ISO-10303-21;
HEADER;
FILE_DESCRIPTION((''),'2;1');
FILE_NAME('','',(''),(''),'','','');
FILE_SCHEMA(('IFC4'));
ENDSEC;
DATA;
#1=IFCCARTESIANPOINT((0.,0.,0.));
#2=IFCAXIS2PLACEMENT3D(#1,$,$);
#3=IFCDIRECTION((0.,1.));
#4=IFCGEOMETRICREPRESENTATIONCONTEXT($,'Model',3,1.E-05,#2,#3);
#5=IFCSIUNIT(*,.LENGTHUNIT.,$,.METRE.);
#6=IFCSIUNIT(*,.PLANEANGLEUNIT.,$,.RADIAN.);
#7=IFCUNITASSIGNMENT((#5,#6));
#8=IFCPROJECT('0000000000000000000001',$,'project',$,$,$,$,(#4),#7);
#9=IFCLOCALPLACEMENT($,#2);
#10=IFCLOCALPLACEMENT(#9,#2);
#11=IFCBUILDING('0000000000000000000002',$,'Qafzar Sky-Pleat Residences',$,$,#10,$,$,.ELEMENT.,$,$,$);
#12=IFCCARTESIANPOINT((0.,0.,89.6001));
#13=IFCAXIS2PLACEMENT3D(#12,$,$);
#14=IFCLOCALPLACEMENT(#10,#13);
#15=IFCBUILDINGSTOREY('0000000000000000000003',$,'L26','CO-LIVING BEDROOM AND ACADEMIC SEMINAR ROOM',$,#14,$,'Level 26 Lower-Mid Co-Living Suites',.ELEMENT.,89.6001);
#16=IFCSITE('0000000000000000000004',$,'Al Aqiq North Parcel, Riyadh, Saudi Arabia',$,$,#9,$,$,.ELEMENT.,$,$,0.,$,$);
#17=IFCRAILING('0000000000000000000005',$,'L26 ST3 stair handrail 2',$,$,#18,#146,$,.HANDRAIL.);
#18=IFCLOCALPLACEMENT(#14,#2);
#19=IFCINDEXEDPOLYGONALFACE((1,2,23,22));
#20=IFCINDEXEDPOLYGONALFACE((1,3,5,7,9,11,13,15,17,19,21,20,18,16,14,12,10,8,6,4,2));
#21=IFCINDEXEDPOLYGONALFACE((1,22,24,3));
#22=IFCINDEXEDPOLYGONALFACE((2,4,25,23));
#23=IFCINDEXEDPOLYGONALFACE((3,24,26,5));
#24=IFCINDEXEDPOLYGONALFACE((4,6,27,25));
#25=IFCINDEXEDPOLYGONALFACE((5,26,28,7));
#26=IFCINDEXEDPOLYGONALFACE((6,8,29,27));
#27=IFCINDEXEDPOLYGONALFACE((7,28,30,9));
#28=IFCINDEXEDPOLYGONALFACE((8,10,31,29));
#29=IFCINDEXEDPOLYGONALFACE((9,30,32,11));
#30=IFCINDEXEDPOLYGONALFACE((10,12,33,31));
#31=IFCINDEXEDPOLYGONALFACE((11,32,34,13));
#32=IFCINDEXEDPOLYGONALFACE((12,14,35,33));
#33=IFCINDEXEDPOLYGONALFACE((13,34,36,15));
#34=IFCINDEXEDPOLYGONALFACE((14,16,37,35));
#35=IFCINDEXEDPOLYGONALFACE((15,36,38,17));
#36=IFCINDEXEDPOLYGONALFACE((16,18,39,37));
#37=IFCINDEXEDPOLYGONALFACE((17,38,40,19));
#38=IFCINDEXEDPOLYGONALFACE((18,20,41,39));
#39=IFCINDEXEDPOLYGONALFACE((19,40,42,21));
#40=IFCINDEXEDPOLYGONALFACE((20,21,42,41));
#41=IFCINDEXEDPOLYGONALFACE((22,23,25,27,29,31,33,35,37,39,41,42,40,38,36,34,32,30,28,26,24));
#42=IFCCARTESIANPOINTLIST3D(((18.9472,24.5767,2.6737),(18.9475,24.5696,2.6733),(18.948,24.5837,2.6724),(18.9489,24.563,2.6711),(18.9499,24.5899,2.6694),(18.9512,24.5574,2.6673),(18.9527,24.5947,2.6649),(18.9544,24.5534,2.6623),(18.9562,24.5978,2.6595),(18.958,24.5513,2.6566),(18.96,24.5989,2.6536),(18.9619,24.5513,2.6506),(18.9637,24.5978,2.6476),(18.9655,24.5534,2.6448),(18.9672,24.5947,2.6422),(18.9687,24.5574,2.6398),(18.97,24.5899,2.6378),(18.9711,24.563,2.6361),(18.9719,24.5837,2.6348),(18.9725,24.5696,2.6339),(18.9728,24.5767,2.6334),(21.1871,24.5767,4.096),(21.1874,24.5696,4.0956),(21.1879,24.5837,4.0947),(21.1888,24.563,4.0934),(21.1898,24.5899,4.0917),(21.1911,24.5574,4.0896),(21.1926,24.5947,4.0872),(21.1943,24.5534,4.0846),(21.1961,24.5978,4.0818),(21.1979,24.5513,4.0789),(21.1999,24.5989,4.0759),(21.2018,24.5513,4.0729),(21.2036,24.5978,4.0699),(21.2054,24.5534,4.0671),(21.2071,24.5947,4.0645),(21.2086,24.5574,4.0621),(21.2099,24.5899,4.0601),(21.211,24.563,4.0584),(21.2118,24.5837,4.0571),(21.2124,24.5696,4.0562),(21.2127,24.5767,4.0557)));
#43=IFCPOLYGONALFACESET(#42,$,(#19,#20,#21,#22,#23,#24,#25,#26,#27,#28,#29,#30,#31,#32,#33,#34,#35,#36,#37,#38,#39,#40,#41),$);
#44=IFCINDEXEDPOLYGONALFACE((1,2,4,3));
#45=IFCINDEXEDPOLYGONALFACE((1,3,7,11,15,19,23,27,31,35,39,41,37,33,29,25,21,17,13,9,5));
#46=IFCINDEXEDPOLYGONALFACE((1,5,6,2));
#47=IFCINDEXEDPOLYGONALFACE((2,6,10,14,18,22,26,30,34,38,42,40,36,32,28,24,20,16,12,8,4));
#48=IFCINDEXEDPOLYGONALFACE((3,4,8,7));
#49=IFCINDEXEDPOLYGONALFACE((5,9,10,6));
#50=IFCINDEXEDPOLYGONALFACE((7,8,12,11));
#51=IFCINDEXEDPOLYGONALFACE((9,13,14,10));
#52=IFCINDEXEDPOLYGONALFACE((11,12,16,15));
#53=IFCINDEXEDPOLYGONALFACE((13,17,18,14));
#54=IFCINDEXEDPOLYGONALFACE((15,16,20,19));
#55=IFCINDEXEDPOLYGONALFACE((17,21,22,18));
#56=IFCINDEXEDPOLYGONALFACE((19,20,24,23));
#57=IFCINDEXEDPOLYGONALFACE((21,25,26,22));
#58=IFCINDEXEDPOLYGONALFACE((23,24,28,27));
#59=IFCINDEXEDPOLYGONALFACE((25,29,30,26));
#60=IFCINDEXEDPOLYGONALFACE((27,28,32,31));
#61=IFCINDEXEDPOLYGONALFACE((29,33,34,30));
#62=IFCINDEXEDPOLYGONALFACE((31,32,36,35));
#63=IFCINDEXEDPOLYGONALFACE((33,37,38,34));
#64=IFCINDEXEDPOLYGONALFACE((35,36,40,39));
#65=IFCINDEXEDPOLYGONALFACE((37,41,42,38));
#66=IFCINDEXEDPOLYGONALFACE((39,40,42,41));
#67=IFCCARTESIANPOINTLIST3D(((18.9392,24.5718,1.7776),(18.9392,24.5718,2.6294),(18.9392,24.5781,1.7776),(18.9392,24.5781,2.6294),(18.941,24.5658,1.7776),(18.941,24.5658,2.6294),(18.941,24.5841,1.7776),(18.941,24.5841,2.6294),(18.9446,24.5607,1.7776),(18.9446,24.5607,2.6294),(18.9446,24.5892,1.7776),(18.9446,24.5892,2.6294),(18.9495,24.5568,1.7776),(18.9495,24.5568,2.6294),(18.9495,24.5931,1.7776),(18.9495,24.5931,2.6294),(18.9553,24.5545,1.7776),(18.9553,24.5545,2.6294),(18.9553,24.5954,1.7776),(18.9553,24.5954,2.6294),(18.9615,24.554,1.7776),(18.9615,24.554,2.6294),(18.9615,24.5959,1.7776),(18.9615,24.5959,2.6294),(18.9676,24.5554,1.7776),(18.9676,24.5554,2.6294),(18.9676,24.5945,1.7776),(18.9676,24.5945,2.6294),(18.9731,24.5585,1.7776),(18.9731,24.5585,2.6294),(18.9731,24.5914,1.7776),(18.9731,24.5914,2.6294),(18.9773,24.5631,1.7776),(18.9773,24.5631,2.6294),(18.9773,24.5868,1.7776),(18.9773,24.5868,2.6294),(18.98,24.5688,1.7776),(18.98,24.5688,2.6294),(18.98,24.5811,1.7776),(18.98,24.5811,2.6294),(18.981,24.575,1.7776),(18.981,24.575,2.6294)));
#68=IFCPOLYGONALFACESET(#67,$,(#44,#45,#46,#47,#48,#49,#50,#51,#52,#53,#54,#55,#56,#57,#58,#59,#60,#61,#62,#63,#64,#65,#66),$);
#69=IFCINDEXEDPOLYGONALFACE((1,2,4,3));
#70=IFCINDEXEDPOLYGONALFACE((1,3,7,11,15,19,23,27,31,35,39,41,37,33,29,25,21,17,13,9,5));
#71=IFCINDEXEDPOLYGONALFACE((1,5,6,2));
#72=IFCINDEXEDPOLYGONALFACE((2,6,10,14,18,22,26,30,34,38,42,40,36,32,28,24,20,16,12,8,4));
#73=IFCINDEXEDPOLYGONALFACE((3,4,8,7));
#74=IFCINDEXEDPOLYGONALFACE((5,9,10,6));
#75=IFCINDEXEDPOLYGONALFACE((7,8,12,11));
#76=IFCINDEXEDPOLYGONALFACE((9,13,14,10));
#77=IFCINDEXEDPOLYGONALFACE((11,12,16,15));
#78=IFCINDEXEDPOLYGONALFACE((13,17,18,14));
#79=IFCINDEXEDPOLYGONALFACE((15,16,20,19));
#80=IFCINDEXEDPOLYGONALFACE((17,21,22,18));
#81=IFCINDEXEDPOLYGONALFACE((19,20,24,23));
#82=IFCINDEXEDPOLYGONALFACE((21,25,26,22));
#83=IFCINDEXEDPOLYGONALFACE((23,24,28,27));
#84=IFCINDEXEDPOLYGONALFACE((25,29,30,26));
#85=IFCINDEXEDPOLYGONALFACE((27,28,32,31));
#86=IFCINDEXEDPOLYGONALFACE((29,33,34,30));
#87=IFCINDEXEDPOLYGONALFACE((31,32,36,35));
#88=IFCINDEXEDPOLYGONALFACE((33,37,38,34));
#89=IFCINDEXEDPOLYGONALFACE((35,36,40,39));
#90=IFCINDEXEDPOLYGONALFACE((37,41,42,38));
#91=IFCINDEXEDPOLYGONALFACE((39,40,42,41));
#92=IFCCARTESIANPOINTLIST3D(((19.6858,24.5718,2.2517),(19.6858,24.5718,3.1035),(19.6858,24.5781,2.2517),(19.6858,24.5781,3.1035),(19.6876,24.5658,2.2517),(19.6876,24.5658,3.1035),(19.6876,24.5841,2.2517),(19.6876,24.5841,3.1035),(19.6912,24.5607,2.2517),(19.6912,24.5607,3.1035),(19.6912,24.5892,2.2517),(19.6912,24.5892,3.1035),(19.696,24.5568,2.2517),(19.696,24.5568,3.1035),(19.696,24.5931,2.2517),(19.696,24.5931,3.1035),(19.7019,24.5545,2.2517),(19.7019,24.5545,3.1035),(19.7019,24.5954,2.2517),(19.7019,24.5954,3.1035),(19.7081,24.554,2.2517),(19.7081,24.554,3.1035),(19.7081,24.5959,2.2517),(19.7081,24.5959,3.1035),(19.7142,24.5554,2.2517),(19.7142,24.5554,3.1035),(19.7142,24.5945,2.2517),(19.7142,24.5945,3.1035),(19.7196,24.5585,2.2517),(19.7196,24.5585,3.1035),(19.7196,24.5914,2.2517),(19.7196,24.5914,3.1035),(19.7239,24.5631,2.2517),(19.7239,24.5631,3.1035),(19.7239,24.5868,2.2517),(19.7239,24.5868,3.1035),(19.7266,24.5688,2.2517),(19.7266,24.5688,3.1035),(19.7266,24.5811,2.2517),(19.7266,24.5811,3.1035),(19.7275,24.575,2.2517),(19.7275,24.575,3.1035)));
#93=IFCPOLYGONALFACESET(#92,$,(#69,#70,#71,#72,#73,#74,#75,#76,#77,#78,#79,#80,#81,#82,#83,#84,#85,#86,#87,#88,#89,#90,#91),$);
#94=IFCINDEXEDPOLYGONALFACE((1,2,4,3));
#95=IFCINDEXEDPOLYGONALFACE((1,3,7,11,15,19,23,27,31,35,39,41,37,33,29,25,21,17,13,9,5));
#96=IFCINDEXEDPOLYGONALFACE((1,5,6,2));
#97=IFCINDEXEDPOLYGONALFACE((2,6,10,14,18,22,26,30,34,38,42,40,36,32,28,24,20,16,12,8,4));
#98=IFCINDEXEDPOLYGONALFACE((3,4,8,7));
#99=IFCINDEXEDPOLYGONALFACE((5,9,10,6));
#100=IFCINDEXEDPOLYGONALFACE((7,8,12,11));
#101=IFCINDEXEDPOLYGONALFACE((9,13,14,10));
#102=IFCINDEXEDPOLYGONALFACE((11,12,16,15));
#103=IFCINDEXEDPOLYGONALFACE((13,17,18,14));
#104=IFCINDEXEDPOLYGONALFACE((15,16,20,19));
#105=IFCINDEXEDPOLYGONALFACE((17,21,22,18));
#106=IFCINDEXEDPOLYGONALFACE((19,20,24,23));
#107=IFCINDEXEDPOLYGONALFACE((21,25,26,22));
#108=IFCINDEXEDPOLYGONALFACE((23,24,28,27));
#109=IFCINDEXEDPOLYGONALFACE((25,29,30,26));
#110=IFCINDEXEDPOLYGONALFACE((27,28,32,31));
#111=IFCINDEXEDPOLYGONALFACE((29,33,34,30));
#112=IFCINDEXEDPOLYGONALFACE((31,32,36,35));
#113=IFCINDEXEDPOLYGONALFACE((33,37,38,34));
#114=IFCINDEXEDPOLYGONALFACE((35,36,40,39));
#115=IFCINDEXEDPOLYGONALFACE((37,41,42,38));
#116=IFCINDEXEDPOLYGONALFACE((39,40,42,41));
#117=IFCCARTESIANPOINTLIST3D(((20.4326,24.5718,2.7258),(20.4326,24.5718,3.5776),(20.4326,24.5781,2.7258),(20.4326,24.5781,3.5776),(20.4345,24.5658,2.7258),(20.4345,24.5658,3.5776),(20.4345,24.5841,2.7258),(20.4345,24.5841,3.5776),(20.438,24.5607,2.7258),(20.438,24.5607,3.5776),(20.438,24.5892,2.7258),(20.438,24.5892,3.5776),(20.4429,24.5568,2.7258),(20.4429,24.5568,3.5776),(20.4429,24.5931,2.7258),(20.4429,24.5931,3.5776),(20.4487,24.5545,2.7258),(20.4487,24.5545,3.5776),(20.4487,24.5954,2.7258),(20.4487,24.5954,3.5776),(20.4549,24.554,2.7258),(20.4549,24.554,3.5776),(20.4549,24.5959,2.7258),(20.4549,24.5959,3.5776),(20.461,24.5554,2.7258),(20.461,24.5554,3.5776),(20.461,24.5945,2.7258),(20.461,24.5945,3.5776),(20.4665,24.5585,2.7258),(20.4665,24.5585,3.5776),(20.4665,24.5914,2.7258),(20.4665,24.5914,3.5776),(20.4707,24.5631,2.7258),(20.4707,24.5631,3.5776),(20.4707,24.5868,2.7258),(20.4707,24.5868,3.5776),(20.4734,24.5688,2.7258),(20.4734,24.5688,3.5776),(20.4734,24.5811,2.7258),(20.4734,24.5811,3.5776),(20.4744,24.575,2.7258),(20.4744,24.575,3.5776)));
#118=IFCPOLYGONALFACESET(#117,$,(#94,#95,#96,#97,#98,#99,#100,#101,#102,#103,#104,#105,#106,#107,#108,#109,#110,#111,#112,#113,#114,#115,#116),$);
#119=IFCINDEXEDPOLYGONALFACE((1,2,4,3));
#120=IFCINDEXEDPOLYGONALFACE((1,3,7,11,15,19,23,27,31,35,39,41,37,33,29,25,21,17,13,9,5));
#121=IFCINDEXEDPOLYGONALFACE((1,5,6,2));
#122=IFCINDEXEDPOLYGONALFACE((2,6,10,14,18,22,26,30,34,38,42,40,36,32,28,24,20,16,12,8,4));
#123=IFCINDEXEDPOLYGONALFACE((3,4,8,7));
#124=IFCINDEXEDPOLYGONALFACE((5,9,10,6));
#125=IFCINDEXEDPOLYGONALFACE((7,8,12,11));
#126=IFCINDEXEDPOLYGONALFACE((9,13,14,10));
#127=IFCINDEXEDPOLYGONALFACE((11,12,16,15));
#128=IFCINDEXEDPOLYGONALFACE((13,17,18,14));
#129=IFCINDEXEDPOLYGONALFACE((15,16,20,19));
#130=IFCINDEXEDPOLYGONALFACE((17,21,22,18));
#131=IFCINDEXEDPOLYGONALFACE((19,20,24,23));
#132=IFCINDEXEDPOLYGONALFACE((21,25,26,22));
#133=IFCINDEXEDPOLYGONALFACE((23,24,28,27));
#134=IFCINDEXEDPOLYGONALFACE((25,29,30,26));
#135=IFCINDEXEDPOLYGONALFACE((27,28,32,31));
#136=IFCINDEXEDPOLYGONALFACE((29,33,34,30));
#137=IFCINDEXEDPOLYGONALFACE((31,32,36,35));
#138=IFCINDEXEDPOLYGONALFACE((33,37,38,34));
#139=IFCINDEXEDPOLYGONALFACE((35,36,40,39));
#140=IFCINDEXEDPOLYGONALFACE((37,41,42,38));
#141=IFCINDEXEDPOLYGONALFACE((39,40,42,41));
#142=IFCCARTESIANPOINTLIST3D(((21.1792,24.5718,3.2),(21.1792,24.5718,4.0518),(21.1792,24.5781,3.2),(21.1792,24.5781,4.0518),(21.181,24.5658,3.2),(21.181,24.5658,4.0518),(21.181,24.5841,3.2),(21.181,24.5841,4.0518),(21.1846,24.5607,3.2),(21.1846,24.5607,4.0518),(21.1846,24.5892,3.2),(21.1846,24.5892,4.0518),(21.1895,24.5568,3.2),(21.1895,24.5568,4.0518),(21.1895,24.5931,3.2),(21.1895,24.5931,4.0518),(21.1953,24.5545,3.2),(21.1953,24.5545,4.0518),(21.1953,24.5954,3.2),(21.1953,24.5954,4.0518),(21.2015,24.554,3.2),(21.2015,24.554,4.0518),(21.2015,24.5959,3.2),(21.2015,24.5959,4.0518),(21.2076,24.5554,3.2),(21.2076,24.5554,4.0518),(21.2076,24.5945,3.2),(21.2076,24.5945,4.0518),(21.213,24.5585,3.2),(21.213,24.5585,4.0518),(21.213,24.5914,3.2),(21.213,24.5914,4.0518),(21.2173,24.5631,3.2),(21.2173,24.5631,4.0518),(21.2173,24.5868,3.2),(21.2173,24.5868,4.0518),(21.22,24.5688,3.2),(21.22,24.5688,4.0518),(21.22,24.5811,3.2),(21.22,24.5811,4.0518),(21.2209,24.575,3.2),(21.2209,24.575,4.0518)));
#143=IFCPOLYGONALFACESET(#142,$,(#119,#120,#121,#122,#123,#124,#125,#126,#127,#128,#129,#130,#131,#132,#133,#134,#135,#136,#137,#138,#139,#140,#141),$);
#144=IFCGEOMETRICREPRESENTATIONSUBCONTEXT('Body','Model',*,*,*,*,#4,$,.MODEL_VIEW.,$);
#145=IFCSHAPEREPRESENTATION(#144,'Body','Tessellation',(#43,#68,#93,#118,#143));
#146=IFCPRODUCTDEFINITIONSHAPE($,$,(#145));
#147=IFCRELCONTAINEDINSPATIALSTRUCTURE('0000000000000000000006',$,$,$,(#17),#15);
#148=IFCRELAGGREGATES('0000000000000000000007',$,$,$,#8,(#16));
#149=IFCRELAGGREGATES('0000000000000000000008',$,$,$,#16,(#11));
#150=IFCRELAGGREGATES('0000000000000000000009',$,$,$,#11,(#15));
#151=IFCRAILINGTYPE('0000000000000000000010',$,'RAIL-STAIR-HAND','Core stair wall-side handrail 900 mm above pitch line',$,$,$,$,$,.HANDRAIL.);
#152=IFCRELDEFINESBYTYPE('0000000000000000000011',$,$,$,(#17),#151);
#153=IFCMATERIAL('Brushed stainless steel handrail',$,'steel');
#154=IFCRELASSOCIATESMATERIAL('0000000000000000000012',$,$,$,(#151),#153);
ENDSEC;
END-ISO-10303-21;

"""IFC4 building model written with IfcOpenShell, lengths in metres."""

from ifc_helpers import new_model, si_unit, direction, frame, origin, origin_2d, place, context, subcontext, project, spatial, circle, extrude, source, transform, mapped, material, type_object, element, save


model = new_model("IFC4")

# Units and contexts
model_context = context("Model", 3, precision=1e-05, world=origin(), true_north=direction((0.0, 1.0)))
body_context = subcontext(model_context, "Body", "Model", "MODEL_VIEW")
ifc_project = project(units=[si_unit("LENGTHUNIT", "METRE"), si_unit("PLANEANGLEUNIT", "RADIAN")], contexts=[model_context])

# Site, building, storey
site_placement = place(None, origin())
site = spatial("IfcSite", under=ifc_project, at=site_placement, Name="Al Aqiq North Parcel, Riyadh, Saudi Arabia", CompositionType="ELEMENT", RefElevation=0.0)
building_placement = place(site_placement, origin())
building = spatial("IfcBuilding", under=site, at=building_placement, Name="Qafzar Sky-Pleat Residences", CompositionType="ELEMENT")
storey_placement = place(building_placement, frame((0.0, 0.0, 89.6001)))
storey = spatial("IfcBuildingStorey", under=building, at=storey_placement, Name="L26", Description="CO-LIVING BEDROOM AND ACADEMIC SEMINAR ROOM", LongName="Level 26 Lower-Mid Co-Living Suites", CompositionType="ELEMENT", Elevation=89.6001)

# Railing
ifc_material_1 = material(Name="Brushed stainless steel handrail", Category="steel")
railing_type_1 = type_object("IfcRailingType", Name="RAIL-STAIR-HAND", Description="Core stair wall-side handrail 900 mm above pitch line", PredefinedType="HANDRAIL", material=ifc_material_1)
shared_shape_1 = source(origin(), body_context, "Body", "SweptSolid", [
    extrude(circle(Radius=0.0239, at=origin_2d()), frame((0.0, 0.0, 0.876), z_axis=(0.844188, 0.0, 0.536048), x_axis=(0.0, 1.0, 0.0)), (0.0, 0.0, 1.0), 2.6533),
    extrude(circle(Radius=0.021, at=origin_2d()), origin(), (0.0, 0.0, 1.0), 0.8518),
    extrude(circle(Radius=0.021, at=origin_2d()), frame((0.7466, 0.0, 0.4741)), (0.0, 0.0, 1.0), 0.8518),
    extrude(circle(Radius=0.021, at=origin_2d()), frame((1.4934, 0.0, 0.9482)), (0.0, 0.0, 1.0), 0.8518),
    extrude(circle(Radius=0.021, at=origin_2d()), frame((2.24, 0.0, 1.4224)), (0.0, 0.0, 1.0), 0.8518),
])
railing_1_placement = place(storey_placement, frame((18.96, 24.575, 1.7776)))
element("IfcRailing", 1, at=railing_1_placement, inside=storey, type_object=railing_type_1, Name="L26 ST3 stair handrail 2", PredefinedType="HANDRAIL", context=body_context, shape_type="MappedRepresentation", body=[
    mapped(shared_shape_1, transform((0.0, 0.0, 0.0), x_axis=(1.0, 0.0, 0.0), y_axis=(0.0, 1.0, 0.0), z_axis=(0.0, 0.0, 1.0), scale=1.0)),
])

save(model, "model.ifc")
